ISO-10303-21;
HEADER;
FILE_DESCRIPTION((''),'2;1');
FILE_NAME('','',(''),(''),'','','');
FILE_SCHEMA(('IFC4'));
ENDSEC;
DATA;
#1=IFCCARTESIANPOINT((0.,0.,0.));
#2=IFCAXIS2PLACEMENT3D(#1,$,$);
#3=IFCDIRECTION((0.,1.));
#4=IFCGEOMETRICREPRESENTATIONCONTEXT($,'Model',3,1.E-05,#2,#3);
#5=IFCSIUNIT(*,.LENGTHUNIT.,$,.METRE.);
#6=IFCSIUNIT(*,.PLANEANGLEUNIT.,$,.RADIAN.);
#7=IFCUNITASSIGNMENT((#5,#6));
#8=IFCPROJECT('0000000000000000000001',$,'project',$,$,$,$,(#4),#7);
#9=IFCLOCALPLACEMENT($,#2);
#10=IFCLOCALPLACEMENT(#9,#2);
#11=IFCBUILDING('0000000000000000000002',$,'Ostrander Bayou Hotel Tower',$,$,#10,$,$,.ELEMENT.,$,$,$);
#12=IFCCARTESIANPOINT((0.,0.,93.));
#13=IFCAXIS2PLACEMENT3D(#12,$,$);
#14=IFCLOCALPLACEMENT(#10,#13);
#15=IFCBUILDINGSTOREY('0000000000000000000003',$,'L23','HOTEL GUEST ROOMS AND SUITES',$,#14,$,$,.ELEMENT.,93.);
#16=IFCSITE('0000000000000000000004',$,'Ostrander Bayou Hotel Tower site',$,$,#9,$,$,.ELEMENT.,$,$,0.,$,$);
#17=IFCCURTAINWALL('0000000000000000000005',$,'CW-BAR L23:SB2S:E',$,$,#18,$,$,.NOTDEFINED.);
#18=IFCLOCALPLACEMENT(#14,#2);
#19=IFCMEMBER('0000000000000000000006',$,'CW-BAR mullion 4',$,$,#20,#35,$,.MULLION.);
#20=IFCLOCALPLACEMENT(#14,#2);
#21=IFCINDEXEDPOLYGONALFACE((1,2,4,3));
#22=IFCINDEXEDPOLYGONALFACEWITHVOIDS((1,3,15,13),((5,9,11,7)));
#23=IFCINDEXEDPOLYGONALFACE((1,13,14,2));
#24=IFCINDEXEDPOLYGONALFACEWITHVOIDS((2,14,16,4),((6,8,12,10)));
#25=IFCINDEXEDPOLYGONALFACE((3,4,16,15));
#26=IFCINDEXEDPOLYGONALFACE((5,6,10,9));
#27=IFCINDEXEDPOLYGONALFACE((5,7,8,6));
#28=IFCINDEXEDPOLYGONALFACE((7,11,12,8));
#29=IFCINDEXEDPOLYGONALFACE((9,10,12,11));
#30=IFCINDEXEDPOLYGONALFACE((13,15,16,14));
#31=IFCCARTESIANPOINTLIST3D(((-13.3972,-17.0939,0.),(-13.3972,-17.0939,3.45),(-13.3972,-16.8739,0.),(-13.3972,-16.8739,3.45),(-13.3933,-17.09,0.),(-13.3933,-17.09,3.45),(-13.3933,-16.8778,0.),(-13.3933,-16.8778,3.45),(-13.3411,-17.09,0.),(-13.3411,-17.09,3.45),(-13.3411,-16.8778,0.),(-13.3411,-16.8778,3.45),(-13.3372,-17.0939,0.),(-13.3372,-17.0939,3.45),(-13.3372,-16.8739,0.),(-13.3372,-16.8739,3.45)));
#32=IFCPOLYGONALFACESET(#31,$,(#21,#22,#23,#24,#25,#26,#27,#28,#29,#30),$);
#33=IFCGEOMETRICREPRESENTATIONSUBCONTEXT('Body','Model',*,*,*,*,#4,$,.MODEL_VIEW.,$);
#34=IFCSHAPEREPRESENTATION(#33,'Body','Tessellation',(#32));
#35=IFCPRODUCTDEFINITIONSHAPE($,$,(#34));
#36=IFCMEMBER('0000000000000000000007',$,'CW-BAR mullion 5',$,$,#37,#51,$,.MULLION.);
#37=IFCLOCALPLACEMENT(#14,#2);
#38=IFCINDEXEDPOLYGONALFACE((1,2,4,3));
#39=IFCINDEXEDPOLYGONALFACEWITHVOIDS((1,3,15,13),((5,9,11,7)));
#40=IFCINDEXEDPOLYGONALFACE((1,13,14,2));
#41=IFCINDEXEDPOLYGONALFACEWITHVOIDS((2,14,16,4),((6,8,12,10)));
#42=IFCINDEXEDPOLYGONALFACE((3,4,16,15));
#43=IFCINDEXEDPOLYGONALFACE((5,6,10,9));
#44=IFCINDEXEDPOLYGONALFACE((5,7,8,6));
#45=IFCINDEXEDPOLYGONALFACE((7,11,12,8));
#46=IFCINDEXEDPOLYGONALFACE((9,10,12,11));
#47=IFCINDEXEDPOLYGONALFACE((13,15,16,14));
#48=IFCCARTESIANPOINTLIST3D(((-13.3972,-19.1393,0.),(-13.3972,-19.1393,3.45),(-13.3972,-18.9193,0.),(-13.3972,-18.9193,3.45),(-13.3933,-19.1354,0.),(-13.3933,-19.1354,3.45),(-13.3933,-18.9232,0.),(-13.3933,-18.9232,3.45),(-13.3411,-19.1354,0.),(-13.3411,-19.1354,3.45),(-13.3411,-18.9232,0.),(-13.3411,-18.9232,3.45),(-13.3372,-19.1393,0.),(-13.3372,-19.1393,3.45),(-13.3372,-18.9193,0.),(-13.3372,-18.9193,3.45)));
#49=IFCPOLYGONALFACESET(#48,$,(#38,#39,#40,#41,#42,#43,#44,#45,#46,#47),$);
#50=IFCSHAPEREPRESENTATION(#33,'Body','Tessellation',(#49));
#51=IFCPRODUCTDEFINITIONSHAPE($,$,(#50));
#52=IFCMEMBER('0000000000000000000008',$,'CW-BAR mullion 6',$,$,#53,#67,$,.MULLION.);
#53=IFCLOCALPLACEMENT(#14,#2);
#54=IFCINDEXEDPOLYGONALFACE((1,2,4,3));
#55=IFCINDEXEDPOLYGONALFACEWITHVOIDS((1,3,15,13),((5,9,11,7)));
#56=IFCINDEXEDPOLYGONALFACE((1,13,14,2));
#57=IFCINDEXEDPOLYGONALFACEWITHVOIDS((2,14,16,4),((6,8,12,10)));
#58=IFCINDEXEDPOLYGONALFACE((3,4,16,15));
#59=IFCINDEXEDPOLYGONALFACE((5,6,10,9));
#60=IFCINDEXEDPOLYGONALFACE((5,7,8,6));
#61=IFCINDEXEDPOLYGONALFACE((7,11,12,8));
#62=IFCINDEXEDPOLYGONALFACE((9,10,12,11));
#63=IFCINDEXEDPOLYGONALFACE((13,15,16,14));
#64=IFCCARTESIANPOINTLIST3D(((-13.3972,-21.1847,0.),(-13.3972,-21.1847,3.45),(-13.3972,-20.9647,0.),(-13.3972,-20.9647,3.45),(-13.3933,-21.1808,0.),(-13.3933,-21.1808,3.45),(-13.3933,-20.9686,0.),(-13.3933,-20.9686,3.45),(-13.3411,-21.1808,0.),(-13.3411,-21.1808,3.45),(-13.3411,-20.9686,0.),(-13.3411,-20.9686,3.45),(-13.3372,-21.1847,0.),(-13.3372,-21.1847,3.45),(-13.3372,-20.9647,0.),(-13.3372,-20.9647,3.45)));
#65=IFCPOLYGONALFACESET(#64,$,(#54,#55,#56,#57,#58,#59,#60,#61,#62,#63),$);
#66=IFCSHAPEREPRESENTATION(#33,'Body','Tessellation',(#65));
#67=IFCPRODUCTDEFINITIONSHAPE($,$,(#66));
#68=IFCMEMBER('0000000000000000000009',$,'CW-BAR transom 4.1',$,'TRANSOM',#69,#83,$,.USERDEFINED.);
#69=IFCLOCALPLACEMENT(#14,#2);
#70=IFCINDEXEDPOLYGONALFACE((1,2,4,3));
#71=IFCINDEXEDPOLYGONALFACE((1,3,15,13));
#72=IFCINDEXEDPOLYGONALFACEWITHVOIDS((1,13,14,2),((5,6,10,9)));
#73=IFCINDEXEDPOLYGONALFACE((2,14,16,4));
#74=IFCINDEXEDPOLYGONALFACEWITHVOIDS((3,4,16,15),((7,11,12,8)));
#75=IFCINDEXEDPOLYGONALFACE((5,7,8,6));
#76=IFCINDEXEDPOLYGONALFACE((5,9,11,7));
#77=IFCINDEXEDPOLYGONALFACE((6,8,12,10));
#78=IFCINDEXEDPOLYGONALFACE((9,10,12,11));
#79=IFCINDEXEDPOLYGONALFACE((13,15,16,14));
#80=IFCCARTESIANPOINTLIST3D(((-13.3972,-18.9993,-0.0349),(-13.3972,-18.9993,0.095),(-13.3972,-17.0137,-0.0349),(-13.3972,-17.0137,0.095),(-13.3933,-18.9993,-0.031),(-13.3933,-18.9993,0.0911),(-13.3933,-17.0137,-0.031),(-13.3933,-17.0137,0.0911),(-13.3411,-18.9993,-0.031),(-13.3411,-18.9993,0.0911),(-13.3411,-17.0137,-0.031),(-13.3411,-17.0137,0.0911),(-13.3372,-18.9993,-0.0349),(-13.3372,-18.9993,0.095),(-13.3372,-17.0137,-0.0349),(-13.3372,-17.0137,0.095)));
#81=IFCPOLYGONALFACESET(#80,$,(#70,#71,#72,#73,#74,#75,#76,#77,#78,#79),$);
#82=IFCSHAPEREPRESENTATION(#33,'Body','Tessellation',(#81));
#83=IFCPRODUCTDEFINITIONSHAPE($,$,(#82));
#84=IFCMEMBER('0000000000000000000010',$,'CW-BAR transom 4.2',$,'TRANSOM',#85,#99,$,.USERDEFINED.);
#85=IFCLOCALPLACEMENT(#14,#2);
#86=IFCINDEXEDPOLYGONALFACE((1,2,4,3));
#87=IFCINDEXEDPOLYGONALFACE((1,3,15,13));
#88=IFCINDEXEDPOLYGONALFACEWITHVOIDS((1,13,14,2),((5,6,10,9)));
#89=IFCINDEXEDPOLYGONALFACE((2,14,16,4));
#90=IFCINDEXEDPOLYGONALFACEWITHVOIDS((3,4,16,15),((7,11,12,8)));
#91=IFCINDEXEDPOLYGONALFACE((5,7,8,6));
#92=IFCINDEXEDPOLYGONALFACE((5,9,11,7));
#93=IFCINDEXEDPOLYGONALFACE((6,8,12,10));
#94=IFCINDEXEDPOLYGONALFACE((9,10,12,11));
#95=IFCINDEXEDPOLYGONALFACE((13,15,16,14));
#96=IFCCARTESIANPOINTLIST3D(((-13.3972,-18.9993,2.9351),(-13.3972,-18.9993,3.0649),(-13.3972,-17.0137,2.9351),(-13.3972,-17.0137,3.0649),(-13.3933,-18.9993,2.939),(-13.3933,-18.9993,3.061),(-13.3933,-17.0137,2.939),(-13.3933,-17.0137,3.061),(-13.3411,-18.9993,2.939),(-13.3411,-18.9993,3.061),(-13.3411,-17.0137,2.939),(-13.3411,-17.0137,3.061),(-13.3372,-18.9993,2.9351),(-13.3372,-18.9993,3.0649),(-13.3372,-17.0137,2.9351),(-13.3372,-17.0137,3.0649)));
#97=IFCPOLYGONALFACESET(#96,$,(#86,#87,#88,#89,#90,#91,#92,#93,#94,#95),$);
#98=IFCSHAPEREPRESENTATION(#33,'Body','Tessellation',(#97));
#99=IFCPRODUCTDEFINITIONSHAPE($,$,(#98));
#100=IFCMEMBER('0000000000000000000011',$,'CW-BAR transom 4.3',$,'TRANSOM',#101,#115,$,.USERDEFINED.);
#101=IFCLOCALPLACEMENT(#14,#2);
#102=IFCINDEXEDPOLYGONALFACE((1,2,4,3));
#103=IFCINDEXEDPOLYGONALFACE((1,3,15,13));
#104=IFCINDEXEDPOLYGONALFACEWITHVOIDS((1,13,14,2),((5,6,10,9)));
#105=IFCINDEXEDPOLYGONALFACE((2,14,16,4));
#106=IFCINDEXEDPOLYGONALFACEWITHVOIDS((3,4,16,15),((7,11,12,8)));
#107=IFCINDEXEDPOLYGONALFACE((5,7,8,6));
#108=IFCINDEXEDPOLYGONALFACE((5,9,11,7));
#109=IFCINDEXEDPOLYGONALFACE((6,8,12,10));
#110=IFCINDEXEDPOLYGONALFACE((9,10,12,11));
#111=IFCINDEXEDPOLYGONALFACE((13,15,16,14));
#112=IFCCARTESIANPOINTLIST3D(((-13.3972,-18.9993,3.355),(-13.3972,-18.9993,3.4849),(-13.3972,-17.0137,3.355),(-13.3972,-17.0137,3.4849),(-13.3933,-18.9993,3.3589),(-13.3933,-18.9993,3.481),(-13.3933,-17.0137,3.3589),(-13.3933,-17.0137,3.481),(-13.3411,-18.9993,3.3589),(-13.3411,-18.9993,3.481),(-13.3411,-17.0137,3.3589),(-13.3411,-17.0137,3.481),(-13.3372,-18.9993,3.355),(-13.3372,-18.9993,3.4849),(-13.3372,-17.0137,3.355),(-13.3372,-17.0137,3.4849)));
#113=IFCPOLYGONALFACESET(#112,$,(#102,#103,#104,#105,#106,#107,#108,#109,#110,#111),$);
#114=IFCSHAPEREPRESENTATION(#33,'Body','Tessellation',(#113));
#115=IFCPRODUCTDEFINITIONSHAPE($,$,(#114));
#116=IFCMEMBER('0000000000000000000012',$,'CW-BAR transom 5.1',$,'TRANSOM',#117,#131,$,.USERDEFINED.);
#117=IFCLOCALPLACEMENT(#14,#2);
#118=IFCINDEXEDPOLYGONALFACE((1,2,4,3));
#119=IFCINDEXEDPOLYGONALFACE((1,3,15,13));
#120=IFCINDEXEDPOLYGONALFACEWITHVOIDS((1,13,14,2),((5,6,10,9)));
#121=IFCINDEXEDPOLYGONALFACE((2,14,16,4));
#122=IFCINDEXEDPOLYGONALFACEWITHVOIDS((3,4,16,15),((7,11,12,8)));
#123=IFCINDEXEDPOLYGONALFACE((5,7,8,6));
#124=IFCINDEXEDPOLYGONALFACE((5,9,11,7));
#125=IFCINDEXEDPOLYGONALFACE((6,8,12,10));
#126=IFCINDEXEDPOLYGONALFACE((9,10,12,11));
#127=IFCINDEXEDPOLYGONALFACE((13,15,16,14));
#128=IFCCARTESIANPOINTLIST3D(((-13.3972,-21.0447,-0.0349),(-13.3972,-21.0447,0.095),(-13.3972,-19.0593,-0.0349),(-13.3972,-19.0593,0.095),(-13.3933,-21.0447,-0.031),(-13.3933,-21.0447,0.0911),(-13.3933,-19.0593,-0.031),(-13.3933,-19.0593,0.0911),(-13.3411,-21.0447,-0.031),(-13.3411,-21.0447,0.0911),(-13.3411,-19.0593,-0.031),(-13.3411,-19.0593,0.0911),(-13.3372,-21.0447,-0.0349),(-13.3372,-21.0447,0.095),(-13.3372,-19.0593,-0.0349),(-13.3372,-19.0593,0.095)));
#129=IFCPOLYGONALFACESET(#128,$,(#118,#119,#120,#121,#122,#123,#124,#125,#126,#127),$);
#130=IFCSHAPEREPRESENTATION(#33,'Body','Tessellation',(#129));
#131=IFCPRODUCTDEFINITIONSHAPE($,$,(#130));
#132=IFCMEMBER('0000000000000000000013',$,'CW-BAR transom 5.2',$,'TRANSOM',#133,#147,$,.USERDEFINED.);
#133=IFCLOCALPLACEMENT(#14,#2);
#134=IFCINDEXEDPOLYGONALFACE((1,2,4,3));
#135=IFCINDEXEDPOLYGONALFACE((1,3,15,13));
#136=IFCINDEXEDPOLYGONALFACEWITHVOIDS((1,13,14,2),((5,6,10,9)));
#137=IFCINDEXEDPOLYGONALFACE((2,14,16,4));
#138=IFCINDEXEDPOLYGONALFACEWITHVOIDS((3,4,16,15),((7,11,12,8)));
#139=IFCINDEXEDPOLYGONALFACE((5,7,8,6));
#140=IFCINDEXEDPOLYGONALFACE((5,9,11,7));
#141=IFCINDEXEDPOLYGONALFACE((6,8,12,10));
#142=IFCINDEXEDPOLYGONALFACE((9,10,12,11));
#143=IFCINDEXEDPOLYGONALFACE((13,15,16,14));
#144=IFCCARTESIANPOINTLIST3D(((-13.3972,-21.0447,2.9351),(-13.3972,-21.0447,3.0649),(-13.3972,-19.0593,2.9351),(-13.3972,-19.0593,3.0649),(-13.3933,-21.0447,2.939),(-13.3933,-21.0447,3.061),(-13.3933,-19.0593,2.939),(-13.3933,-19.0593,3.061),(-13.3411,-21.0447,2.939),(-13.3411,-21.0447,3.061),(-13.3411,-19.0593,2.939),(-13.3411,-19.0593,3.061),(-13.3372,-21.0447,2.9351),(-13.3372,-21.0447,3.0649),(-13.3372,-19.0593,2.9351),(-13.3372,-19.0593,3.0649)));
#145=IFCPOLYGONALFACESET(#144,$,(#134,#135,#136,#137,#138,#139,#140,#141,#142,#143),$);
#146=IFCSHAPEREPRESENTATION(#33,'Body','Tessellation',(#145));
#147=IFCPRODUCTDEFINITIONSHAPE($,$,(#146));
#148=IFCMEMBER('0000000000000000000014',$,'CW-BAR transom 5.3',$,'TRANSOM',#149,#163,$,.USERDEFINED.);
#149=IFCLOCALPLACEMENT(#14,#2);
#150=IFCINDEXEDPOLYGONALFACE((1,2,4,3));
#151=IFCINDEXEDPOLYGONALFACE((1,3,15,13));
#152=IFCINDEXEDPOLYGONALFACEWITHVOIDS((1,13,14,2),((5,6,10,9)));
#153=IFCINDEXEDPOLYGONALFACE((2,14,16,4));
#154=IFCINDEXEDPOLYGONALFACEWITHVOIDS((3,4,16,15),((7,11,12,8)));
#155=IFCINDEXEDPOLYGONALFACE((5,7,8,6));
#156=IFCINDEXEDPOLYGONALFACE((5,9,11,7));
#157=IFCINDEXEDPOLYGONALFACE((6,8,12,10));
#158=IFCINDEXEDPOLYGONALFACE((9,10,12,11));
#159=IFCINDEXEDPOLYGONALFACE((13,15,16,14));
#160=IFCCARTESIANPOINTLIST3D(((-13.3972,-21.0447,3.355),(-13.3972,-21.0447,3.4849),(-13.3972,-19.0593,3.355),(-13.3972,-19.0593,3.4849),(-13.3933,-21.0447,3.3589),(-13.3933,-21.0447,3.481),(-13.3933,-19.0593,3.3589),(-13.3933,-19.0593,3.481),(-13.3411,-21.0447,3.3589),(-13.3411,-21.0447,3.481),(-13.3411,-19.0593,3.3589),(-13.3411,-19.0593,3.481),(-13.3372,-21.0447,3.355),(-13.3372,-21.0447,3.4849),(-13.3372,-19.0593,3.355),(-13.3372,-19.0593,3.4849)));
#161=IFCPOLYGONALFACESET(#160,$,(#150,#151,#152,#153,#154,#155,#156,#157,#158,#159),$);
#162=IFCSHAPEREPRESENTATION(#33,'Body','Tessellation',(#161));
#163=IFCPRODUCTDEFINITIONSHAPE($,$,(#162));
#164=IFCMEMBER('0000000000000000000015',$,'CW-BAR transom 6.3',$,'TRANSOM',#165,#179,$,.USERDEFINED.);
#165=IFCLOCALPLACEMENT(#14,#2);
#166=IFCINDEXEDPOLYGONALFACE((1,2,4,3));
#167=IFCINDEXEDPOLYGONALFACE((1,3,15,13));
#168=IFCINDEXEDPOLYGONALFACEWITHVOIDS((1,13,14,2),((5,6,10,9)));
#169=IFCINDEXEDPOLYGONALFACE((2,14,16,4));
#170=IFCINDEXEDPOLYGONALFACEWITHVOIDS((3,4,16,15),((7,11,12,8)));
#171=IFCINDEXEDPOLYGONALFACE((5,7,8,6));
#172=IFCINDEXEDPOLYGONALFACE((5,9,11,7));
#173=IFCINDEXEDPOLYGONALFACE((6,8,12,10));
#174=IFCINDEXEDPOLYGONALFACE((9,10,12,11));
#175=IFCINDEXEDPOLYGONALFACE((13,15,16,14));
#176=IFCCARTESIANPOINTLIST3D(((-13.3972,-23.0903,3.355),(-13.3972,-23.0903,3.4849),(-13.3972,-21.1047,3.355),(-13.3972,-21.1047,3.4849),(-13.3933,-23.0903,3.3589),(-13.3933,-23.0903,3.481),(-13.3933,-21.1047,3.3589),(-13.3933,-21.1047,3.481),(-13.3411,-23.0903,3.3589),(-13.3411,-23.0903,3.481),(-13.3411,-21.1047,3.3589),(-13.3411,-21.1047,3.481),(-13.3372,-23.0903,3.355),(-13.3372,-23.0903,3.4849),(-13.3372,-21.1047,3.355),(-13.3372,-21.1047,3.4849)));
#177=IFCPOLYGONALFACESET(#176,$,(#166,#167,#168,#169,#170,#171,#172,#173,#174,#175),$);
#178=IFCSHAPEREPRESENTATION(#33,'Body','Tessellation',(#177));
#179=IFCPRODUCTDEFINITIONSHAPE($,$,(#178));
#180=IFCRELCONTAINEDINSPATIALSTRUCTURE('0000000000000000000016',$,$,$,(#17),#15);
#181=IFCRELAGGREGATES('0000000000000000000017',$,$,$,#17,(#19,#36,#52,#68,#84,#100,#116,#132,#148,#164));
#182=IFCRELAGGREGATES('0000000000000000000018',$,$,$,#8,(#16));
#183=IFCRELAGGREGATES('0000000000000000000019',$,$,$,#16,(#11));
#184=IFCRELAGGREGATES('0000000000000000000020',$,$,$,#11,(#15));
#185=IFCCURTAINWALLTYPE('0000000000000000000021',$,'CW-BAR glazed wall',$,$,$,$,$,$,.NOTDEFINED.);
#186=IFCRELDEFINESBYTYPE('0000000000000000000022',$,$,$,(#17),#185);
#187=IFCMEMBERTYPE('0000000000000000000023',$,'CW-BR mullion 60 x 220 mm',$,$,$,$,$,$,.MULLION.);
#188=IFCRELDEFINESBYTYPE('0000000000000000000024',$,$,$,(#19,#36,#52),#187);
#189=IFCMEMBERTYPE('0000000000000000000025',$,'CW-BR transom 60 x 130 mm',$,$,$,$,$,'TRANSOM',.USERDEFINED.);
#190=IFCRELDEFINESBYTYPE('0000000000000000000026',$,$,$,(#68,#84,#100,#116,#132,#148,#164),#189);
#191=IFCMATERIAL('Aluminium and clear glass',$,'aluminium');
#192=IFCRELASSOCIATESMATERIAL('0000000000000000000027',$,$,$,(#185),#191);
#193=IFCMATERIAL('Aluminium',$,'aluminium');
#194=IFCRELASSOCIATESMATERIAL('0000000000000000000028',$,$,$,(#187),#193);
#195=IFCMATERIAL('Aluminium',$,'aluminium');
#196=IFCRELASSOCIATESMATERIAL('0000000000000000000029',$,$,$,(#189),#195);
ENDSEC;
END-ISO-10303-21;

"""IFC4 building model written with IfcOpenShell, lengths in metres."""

from ifc_helpers import new_model, si_unit, direction, frame, origin, origin_2d, place, context, subcontext, project, spatial, hollow_rectangle, extrude, material, material_profile, profile_set, type_object, element, aggregate, save


model = new_model("IFC4")

# Units and contexts
model_context = context("Model", 3, precision=1e-05, world=origin(), true_north=direction((0.0, 1.0)))
body_context = subcontext(model_context, "Body", "Model", "MODEL_VIEW")
ifc_project = project(units=[si_unit("LENGTHUNIT", "METRE"), si_unit("PLANEANGLEUNIT", "RADIAN")], contexts=[model_context])

# Site, building, storey
site_placement = place(None, origin())
site = spatial("IfcSite", under=ifc_project, at=site_placement, Name="Ostrander Bayou Hotel Tower site", CompositionType="ELEMENT", RefElevation=0.0)
building_placement = place(site_placement, origin())
building = spatial("IfcBuilding", under=site, at=building_placement, Name="Ostrander Bayou Hotel Tower", CompositionType="ELEMENT")
storey_placement = place(building_placement, frame((0.0, 0.0, 93.0)))
storey = spatial("IfcBuildingStorey", under=building, at=storey_placement, Name="L23", Description="HOTEL GUEST ROOMS AND SUITES", CompositionType="ELEMENT", Elevation=93.0)

# Curtain wall, members
ifc_material_1 = material(Name="Aluminium and clear glass", Category="aluminium")
curtain_wall_type = type_object("IfcCurtainWallType", Name="CW-BAR glazed wall", PredefinedType="NOTDEFINED", material=ifc_material_1)
curtain_wall_placement = place(storey_placement, origin())
curtain_wall = element("IfcCurtainWall", 1, at=curtain_wall_placement, inside=storey, type_object=curtain_wall_type, Name="CW-BAR L23:SB2S:E", PredefinedType="NOTDEFINED")
ifc_material_2 = material(Name="Aluminium", Category="aluminium")
ifc_material_profile_1 = material_profile(ifc_material_2, hollow_rectangle(XDim=0.0601, YDim=0.22, WallThickness=0.0039, at=origin_2d()))
ifc_profile_set_1 = profile_set([ifc_material_profile_1], Name="Aluminium")
member_type_1 = type_object("IfcMemberType", Name="CW-BR mullion 60 x 220 mm", PredefinedType="MULLION", material=ifc_profile_set_1)
member_1_placement = place(storey_placement, frame((-13.3672, -16.9839, 0.0), z_axis=(0.0, 0.0, 1.0), x_axis=(1.0, 0.0, 0.0)))
member_1 = element("IfcMember", 2, at=member_1_placement, type_object=member_type_1, Name="CW-BAR mullion 4", PredefinedType="MULLION", context=body_context, shape_type="SweptSolid", body=[
    extrude(hollow_rectangle(XDim=0.0601, YDim=0.22, WallThickness=0.0039, at=origin_2d()), origin(), (0.0, 0.0, 1.0), 3.45),
])
member_2_placement = place(storey_placement, frame((-13.3672, -19.0293, 0.0), z_axis=(0.0, 0.0, 1.0), x_axis=(1.0, 0.0, 0.0)))
member_2 = element("IfcMember", 3, at=member_2_placement, type_object=member_type_1, Name="CW-BAR mullion 5", PredefinedType="MULLION", context=body_context, shape_type="SweptSolid", body=[
    extrude(hollow_rectangle(XDim=0.0601, YDim=0.22, WallThickness=0.0039, at=origin_2d()), origin(), (0.0, 0.0, 1.0), 3.45),
])
member_3_placement = place(storey_placement, frame((-13.3672, -21.0747, 0.0), z_axis=(0.0, 0.0, 1.0), x_axis=(1.0, 0.0, 0.0)))
member_3 = element("IfcMember", 4, at=member_3_placement, type_object=member_type_1, Name="CW-BAR mullion 6", PredefinedType="MULLION", context=body_context, shape_type="SweptSolid", body=[
    extrude(hollow_rectangle(XDim=0.0601, YDim=0.22, WallThickness=0.0039, at=origin_2d()), origin(), (0.0, 0.0, 1.0), 3.45),
])
ifc_material_3 = material(Name="Aluminium", Category="aluminium")
ifc_material_profile_2 = material_profile(ifc_material_3, hollow_rectangle(XDim=0.0601, YDim=0.1299, WallThickness=0.0039, at=origin_2d()))
ifc_profile_set_2 = profile_set([ifc_material_profile_2], Name="Aluminium")
member_type_2 = type_object("IfcMemberType", Name="CW-BR transom 60 x 130 mm", ElementType="TRANSOM", PredefinedType="USERDEFINED", material=ifc_profile_set_2)
member_4_placement = place(storey_placement, frame((-13.3672, -17.0137, 0.03), z_axis=(0.0, -1.0, 0.0), x_axis=(1.0, 0.0, 0.0)))
member_4 = element("IfcMember", 5, at=member_4_placement, type_object=member_type_2, Name="CW-BAR transom 4.1", ObjectType="TRANSOM", PredefinedType="USERDEFINED", context=body_context, shape_type="SweptSolid", body=[
    extrude(hollow_rectangle(XDim=0.0601, YDim=0.1299, WallThickness=0.0039, at=origin_2d()), origin(), (0.0, 0.0, 1.0), 1.9856),
])
member_5_placement = place(storey_placement, frame((-13.3672, -17.0137, 3.0), z_axis=(0.0, -1.0, 0.0), x_axis=(1.0, 0.0, 0.0)))
member_5 = element("IfcMember", 6, at=member_5_placement, type_object=member_type_2, Name="CW-BAR transom 4.2", ObjectType="TRANSOM", PredefinedType="USERDEFINED", context=body_context, shape_type="SweptSolid", body=[
    extrude(hollow_rectangle(XDim=0.0601, YDim=0.1299, WallThickness=0.0039, at=origin_2d()), origin(), (0.0, 0.0, 1.0), 1.9856),
])
member_6_placement = place(storey_placement, frame((-13.3672, -17.0137, 3.4199), z_axis=(0.0, -1.0, 0.0), x_axis=(1.0, 0.0, 0.0)))
member_6 = element("IfcMember", 7, at=member_6_placement, type_object=member_type_2, Name="CW-BAR transom 4.3", ObjectType="TRANSOM", PredefinedType="USERDEFINED", context=body_context, shape_type="SweptSolid", body=[
    extrude(hollow_rectangle(XDim=0.0601, YDim=0.1299, WallThickness=0.0039, at=origin_2d()), origin(), (0.0, 0.0, 1.0), 1.9856),
])
member_7_placement = place(storey_placement, frame((-13.3672, -19.0593, 0.03), z_axis=(0.0, -1.0, 0.0), x_axis=(1.0, 0.0, 0.0)))
member_7 = element("IfcMember", 8, at=member_7_placement, type_object=member_type_2, Name="CW-BAR transom 5.1", ObjectType="TRANSOM", PredefinedType="USERDEFINED", context=body_context, shape_type="SweptSolid", body=[
    extrude(hollow_rectangle(XDim=0.0601, YDim=0.1299, WallThickness=0.0039, at=origin_2d()), origin(), (0.0, 0.0, 1.0), 1.9854),
])
member_8_placement = place(storey_placement, frame((-13.3672, -19.0593, 3.0), z_axis=(0.0, -1.0, 0.0), x_axis=(1.0, 0.0, 0.0)))
member_8 = element("IfcMember", 9, at=member_8_placement, type_object=member_type_2, Name="CW-BAR transom 5.2", ObjectType="TRANSOM", PredefinedType="USERDEFINED", context=body_context, shape_type="SweptSolid", body=[
    extrude(hollow_rectangle(XDim=0.0601, YDim=0.1299, WallThickness=0.0039, at=origin_2d()), origin(), (0.0, 0.0, 1.0), 1.9854),
])
member_9_placement = place(storey_placement, frame((-13.3672, -19.0593, 3.4199), z_axis=(0.0, -1.0, 0.0), x_axis=(1.0, 0.0, 0.0)))
member_9 = element("IfcMember", 10, at=member_9_placement, type_object=member_type_2, Name="CW-BAR transom 5.3", ObjectType="TRANSOM", PredefinedType="USERDEFINED", context=body_context, shape_type="SweptSolid", body=[
    extrude(hollow_rectangle(XDim=0.0601, YDim=0.1299, WallThickness=0.0039, at=origin_2d()), origin(), (0.0, 0.0, 1.0), 1.9854),
])
member_10_placement = place(storey_placement, frame((-13.3672, -21.1047, 3.4199), z_axis=(0.0, -1.0, 0.0), x_axis=(1.0, 0.0, 0.0)))
member_10 = element("IfcMember", 11, at=member_10_placement, type_object=member_type_2, Name="CW-BAR transom 6.3", ObjectType="TRANSOM", PredefinedType="USERDEFINED", context=body_context, shape_type="SweptSolid", body=[
    extrude(hollow_rectangle(XDim=0.0601, YDim=0.1299, WallThickness=0.0039, at=origin_2d()), origin(), (0.0, 0.0, 1.0), 1.9856),
])

aggregate(curtain_wall, [member_1, member_2, member_3, member_4, member_5, member_6, member_7, member_8, member_9, member_10])

save(model, "model.ifc")
